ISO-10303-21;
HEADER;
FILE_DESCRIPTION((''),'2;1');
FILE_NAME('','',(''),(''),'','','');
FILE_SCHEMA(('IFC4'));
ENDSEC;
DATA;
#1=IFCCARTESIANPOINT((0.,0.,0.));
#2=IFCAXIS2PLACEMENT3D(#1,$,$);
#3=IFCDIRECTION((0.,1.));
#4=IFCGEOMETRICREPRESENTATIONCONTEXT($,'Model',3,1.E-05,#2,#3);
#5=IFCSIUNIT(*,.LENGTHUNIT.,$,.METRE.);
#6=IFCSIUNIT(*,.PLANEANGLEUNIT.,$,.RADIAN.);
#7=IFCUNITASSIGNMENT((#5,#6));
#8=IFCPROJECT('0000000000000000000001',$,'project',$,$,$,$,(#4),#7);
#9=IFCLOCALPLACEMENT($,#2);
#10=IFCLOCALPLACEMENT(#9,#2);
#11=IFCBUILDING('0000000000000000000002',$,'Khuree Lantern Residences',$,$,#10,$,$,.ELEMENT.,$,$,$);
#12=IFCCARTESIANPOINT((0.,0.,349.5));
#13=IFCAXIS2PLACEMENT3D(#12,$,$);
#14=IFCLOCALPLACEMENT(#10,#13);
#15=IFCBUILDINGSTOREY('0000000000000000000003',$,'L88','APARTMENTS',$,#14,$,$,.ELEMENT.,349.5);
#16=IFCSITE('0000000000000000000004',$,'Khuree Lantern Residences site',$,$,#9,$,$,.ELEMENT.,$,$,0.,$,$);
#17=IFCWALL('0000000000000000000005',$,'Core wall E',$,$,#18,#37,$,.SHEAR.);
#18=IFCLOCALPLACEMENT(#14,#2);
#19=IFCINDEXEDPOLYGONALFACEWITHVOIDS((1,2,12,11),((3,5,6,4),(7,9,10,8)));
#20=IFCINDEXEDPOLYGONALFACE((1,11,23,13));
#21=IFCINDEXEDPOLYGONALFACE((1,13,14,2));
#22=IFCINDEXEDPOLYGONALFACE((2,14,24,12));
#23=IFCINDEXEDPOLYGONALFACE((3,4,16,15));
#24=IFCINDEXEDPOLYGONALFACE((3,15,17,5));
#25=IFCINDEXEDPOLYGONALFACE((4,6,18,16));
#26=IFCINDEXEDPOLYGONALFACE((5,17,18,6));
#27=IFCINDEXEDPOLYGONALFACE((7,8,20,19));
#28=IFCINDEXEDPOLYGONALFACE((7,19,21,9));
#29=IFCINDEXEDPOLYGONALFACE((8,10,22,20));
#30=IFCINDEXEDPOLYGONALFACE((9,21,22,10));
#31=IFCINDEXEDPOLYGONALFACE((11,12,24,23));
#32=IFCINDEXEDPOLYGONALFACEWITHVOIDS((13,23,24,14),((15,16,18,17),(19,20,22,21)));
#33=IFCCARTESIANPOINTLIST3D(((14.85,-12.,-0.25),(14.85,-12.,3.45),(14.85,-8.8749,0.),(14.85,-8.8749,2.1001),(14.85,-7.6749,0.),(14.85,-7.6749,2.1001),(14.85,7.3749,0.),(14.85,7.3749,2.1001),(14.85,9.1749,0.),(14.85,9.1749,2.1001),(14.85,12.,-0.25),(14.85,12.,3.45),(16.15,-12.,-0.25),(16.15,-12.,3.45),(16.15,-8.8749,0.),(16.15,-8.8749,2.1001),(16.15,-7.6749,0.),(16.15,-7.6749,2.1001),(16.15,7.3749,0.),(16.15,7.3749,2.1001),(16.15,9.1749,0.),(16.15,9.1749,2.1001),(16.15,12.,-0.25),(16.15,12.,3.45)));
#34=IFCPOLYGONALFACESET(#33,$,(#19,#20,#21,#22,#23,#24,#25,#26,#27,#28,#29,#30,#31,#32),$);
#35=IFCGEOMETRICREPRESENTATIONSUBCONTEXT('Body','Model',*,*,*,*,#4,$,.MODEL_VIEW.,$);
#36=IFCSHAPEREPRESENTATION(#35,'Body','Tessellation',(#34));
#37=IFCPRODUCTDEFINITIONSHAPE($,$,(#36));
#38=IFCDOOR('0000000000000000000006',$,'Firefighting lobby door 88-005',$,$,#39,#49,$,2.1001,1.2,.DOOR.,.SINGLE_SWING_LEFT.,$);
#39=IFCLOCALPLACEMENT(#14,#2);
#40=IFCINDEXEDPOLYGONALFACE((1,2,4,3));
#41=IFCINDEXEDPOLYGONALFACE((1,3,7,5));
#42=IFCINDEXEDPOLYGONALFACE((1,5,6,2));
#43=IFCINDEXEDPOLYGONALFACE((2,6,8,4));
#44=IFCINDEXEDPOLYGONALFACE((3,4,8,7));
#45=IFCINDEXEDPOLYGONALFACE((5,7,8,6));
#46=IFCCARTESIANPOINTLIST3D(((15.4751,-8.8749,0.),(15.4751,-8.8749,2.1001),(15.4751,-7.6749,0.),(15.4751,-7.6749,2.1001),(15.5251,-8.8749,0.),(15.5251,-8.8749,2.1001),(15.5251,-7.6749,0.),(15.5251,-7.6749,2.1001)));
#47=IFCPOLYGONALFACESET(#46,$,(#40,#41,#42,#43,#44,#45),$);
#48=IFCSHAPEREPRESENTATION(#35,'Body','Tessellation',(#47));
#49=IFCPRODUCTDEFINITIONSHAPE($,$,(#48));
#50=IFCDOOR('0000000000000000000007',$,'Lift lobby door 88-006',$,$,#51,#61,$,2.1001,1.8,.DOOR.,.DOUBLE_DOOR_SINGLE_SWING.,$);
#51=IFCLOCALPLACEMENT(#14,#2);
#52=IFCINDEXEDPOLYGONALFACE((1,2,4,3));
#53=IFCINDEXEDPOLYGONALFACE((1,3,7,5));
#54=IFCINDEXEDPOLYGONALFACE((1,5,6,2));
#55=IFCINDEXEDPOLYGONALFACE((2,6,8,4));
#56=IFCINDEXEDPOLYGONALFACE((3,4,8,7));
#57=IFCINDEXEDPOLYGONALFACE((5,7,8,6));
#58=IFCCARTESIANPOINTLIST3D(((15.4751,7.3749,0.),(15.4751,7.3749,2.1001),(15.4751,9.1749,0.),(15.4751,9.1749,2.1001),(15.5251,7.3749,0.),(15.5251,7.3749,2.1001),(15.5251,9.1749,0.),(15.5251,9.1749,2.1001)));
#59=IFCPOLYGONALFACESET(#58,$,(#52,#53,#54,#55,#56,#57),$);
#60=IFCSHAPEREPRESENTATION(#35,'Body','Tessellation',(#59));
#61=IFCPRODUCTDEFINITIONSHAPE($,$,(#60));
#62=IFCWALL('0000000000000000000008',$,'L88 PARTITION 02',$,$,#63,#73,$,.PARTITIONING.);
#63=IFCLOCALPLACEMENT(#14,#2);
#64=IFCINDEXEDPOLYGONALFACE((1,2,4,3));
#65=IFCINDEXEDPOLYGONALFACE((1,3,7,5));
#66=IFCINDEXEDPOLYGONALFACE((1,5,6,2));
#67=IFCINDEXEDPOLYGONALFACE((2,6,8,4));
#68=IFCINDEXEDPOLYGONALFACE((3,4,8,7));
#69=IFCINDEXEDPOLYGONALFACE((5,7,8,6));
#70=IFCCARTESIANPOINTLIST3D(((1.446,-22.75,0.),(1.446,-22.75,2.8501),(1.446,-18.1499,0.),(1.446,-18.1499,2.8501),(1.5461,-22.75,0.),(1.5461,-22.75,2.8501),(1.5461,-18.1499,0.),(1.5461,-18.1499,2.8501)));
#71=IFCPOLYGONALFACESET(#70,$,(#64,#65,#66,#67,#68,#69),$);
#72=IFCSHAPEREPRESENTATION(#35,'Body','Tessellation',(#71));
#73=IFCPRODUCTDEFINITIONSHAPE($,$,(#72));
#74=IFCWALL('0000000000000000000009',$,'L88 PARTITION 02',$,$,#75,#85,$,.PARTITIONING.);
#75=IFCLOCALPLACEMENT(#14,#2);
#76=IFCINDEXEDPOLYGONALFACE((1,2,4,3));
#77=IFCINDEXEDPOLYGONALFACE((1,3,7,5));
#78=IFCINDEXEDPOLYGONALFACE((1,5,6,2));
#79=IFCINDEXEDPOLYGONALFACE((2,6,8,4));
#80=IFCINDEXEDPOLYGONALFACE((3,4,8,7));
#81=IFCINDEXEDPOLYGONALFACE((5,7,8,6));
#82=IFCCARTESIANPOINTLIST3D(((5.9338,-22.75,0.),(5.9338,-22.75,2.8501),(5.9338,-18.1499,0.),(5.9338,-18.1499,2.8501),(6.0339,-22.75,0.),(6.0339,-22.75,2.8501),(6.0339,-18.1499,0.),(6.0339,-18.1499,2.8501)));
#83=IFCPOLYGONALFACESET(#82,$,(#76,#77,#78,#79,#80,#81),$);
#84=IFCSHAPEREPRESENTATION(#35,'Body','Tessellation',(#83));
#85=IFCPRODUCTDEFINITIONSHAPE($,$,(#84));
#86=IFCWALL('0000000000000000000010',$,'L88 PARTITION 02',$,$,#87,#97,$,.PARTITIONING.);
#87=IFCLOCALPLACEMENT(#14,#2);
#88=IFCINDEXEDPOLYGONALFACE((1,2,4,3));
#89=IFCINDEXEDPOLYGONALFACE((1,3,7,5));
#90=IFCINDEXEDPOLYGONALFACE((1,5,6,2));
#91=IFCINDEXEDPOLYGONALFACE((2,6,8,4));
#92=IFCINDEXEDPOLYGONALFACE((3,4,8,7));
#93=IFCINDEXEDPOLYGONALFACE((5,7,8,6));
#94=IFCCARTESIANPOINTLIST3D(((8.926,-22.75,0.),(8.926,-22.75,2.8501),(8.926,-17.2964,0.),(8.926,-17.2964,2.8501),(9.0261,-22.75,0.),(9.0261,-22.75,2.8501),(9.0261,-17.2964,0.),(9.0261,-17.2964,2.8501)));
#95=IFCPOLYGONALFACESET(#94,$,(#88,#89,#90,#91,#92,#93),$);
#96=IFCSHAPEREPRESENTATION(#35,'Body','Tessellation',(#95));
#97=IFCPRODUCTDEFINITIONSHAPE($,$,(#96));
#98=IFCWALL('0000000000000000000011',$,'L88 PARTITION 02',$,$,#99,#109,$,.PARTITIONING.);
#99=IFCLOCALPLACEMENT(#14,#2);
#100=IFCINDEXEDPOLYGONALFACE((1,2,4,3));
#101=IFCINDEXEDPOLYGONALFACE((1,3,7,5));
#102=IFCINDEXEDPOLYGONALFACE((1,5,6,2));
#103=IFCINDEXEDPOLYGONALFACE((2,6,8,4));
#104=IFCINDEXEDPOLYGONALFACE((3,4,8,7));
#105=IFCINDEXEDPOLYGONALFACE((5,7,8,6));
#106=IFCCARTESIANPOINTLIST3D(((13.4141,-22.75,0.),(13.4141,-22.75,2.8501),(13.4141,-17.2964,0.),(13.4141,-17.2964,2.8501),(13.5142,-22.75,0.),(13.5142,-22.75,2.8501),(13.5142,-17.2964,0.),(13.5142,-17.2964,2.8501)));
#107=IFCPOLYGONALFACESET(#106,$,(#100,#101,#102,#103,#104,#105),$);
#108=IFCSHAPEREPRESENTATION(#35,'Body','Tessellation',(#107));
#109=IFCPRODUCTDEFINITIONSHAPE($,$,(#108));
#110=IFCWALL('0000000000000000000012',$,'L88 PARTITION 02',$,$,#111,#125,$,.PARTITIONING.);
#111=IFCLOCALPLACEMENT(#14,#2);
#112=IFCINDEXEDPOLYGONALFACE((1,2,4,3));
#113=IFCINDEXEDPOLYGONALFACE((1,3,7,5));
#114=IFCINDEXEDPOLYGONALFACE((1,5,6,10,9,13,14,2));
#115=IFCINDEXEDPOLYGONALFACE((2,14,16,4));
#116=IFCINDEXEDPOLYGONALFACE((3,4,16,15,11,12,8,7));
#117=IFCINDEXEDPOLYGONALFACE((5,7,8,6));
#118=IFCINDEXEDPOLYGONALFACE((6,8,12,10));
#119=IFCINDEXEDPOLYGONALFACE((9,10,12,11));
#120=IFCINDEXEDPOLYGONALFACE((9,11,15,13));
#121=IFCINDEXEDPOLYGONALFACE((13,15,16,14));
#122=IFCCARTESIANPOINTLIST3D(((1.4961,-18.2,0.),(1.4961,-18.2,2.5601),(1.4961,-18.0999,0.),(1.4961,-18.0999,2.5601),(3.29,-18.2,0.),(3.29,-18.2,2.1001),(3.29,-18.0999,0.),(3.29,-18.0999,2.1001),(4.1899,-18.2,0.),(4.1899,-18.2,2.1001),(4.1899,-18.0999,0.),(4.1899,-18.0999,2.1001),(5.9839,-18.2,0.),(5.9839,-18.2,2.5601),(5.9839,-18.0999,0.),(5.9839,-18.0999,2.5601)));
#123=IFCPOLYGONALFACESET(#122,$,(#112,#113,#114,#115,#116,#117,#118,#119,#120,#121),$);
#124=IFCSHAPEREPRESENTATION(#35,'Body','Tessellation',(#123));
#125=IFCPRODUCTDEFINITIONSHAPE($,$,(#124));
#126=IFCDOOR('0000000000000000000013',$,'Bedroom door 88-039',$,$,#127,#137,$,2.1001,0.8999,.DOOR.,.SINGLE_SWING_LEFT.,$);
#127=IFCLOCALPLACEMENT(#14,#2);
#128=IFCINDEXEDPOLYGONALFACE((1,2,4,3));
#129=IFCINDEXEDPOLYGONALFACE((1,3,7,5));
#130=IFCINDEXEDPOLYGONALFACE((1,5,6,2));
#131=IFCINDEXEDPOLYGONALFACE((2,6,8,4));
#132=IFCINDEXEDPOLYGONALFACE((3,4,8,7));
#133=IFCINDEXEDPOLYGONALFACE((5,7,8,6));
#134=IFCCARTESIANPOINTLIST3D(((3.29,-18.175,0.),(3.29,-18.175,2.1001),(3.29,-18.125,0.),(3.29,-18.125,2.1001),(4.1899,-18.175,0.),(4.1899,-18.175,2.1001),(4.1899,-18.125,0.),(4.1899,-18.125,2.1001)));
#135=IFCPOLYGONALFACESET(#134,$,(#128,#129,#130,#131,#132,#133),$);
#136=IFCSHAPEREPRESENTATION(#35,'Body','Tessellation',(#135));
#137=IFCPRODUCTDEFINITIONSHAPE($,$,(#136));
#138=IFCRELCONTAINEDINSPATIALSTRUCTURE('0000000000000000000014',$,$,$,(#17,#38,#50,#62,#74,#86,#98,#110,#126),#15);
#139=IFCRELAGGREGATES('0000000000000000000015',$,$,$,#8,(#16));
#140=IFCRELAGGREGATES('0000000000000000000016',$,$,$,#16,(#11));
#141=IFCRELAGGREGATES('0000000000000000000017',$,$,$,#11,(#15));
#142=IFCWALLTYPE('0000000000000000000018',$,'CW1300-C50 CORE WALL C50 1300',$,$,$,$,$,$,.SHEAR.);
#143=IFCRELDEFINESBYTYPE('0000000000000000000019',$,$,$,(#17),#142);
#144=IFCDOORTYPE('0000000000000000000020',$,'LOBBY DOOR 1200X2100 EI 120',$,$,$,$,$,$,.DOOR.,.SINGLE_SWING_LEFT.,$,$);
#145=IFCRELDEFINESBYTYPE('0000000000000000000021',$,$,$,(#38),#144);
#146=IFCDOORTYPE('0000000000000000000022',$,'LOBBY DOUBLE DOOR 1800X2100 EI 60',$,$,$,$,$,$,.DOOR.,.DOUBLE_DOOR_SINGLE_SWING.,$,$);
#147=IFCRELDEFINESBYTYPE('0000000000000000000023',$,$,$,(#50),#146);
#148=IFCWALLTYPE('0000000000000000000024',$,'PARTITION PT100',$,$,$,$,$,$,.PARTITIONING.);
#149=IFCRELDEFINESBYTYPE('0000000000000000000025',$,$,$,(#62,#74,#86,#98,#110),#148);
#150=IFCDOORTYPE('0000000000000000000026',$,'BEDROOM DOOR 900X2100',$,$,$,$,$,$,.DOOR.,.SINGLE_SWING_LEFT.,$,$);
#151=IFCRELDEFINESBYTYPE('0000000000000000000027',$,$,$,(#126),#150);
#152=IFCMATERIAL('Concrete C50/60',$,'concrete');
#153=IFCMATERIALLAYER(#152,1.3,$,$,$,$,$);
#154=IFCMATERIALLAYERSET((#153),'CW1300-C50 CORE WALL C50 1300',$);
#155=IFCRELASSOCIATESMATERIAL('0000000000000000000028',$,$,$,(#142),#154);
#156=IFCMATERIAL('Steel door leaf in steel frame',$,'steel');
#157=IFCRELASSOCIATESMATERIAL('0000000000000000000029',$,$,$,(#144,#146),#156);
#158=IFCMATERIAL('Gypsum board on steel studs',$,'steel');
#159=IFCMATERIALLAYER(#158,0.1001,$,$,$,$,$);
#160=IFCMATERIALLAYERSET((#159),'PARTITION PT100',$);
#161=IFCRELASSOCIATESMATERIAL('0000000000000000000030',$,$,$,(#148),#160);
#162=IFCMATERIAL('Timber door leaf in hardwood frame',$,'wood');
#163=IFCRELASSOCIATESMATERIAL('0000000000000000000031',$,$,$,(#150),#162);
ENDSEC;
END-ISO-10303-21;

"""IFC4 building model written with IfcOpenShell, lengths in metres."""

from ifc_helpers import new_model, si_unit, direction, frame, frame_2d, origin, place, context, subcontext, project, spatial, rectangle, extrude, material, layer, layer_set, type_object, element, fill, save


model = new_model("IFC4")

# Units and contexts
model_context = context("Model", 3, precision=1e-05, world=origin(), true_north=direction((0.0, 1.0)))
body_context = subcontext(model_context, "Body", "Model", "MODEL_VIEW")
ifc_project = project(units=[si_unit("LENGTHUNIT", "METRE"), si_unit("PLANEANGLEUNIT", "RADIAN")], contexts=[model_context])

# Site, building, storey
site_placement = place(None, origin())
site = spatial("IfcSite", under=ifc_project, at=site_placement, Name="Khuree Lantern Residences site", CompositionType="ELEMENT", RefElevation=0.0)
building_placement = place(site_placement, origin())
building = spatial("IfcBuilding", under=site, at=building_placement, Name="Khuree Lantern Residences", CompositionType="ELEMENT")
storey_placement = place(building_placement, frame((0.0, 0.0, 349.5)))
storey = spatial("IfcBuildingStorey", under=building, at=storey_placement, Name="L88", Description="APARTMENTS", CompositionType="ELEMENT", Elevation=349.5)

# Shared definitions
ifc_material_1 = material(Name="Concrete C50/60", Category="concrete")

# Shared definitions
ifc_material_2 = material(Name="Gypsum board on steel studs", Category="steel")

# Wall, openings, doors
ifc_layer_1 = layer(ifc_material_1, 1.3)
ifc_layer_set_1 = layer_set([ifc_layer_1], Name="CW1300-C50 CORE WALL C50 1300")
wall_type_1 = type_object("IfcWallType", Name="CW1300-C50 CORE WALL C50 1300", PredefinedType="SHEAR", material=ifc_layer_set_1)
wall_1_placement = place(storey_placement, frame((15.5, -12.0, -0.25), z_axis=(0.0, 0.0, 1.0), x_axis=(0.0, 1.0, 0.0)))
wall_1 = element("IfcWall", 1, at=wall_1_placement, inside=storey, type_object=wall_type_1, Name="Core wall E", PredefinedType="SHEAR", context=body_context, shape_type="SweptSolid", body=[
    extrude(rectangle(XDim=24.0, YDim=1.3, at=frame_2d((12.0, 0.0))), origin(), (0.0, 0.0, 1.0), 3.7),
])
opening_1_placement = place(wall_1_placement, frame((3.125, 0.0, 0.25)))
opening_1 = element("IfcOpeningElement", 2, at=opening_1_placement, cuts=wall_1, PredefinedType="OPENING", context=body_context, shape_type="SweptSolid", body=[
    extrude(rectangle(XDim=1.2, YDim=2.1001, at=frame_2d((0.6001, 1.05))), frame((0.0, 0.6602, 0.0), z_axis=(0.0, -1.0, 0.0), x_axis=(1.0, 0.0, 0.0)), (0.0, 0.0, 1.0), 1.3201),
])
opening_2_placement = place(wall_1_placement, frame((19.375, 0.0, 0.25)))
opening_2 = element("IfcOpeningElement", 3, at=opening_2_placement, cuts=wall_1, PredefinedType="OPENING", context=body_context, shape_type="SweptSolid", body=[
    extrude(rectangle(XDim=1.8, YDim=2.1001, at=frame_2d((0.8999, 1.05))), frame((0.0, 0.6602, 0.0), z_axis=(0.0, -1.0, 0.0), x_axis=(1.0, 0.0, 0.0)), (0.0, 0.0, 1.0), 1.3201),
])
ifc_material_3 = material(Name="Steel door leaf in steel frame", Category="steel")
door_type_1 = type_object("IfcDoorType", Name="LOBBY DOOR 1200X2100 EI 120", OperationType="SINGLE_SWING_LEFT", PredefinedType="DOOR", material=ifc_material_3)
door_1_placement = place(opening_1_placement, origin())
door_1 = element("IfcDoor", 4, at=door_1_placement, inside=storey, type_object=door_type_1, Name="Firefighting lobby door 88-005", OperationType="SINGLE_SWING_LEFT", OverallHeight=2.1001, OverallWidth=1.2, PredefinedType="DOOR", context=body_context, shape_type="SweptSolid", body=[
    extrude(rectangle(XDim=1.2, YDim=2.1001, at=frame_2d((0.6001, 1.05))), frame((0.0, 0.0249, 0.0), z_axis=(0.0, -1.0, 0.0), x_axis=(1.0, 0.0, 0.0)), (0.0, 0.0, 1.0), 0.05),
])
fill(opening_1, door_1)
door_type_2 = type_object("IfcDoorType", Name="LOBBY DOUBLE DOOR 1800X2100 EI 60", OperationType="DOUBLE_DOOR_SINGLE_SWING", PredefinedType="DOOR", material=ifc_material_3)
door_2_placement = place(opening_2_placement, origin())
door_2 = element("IfcDoor", 5, at=door_2_placement, inside=storey, type_object=door_type_2, Name="Lift lobby door 88-006", OperationType="DOUBLE_DOOR_SINGLE_SWING", OverallHeight=2.1001, OverallWidth=1.8, PredefinedType="DOOR", context=body_context, shape_type="SweptSolid", body=[
    extrude(rectangle(XDim=1.8, YDim=2.1001, at=frame_2d((0.8999, 1.05))), frame((0.0, 0.0249, 0.0), z_axis=(0.0, -1.0, 0.0), x_axis=(1.0, 0.0, 0.0)), (0.0, 0.0, 1.0), 0.05),
])
fill(opening_2, door_2)

# Walls
ifc_layer_2 = layer(ifc_material_2, 0.1001)
ifc_layer_set_2 = layer_set([ifc_layer_2], Name="PARTITION PT100")
wall_type_2 = type_object("IfcWallType", Name="PARTITION PT100", PredefinedType="PARTITIONING", material=ifc_layer_set_2)
for number, where, z_axis, x_axis, name in (
    (6, (1.4961, -18.1499, 0.0), (0.0, 0.0, 1.0), (0.0, -1.0, 0.0), "L88 PARTITION 02"),
    (7, (5.9839, -18.1499, 0.0), (0.0, 0.0, 1.0), (0.0, -1.0, 0.0), "L88 PARTITION 02"),
):
    element("IfcWall", number, at=place(storey_placement, frame(where, z_axis=z_axis, x_axis=x_axis)), inside=storey, type_object=wall_type_2, Name=name, PredefinedType="PARTITIONING", context=body_context, shape_type="SweptSolid", body=[
        extrude(rectangle(XDim=4.6001, YDim=0.1001, at=frame_2d((2.3, 0.0))), origin(), (0.0, 0.0, 1.0), 2.8501),
    ])
for number, where, z_axis, x_axis, name in (
    (8, (8.9761, -17.2964, 0.0), (0.0, 0.0, 1.0), (0.0, -1.0, 0.0), "L88 PARTITION 02"),
    (9, (13.4641, -17.2964, 0.0), (0.0, 0.0, 1.0), (0.0, -1.0, 0.0), "L88 PARTITION 02"),
):
    element("IfcWall", number, at=place(storey_placement, frame(where, z_axis=z_axis, x_axis=x_axis)), inside=storey, type_object=wall_type_2, Name=name, PredefinedType="PARTITIONING", context=body_context, shape_type="SweptSolid", body=[
        extrude(rectangle(XDim=5.4536, YDim=0.1001, at=frame_2d((2.7268, 0.0))), origin(), (0.0, 0.0, 1.0), 2.8501),
    ])

# Wall, opening, door
wall_2_placement = place(storey_placement, frame((1.4961, -18.1499, 0.0), z_axis=(0.0, 0.0, 1.0), x_axis=(1.0, 0.0, 0.0)))
wall_2 = element("IfcWall", 10, at=wall_2_placement, inside=storey, type_object=wall_type_2, Name="L88 PARTITION 02", PredefinedType="PARTITIONING", context=body_context, shape_type="SweptSolid", body=[
    extrude(rectangle(XDim=4.4878, YDim=0.1001, at=frame_2d((2.2439, 0.0))), origin(), (0.0, 0.0, 1.0), 2.5601),
])
opening_3_placement = place(wall_2_placement, frame((1.7939, 0.0, 0.0)))
opening_3 = element("IfcOpeningElement", 11, at=opening_3_placement, cuts=wall_2, PredefinedType="OPENING", context=body_context, shape_type="SweptSolid", body=[
    extrude(rectangle(XDim=0.8999, YDim=2.1001, at=frame_2d((0.45, 1.05))), frame((0.0, 0.0601, 0.0), z_axis=(0.0, -1.0, 0.0), x_axis=(1.0, 0.0, 0.0)), (0.0, 0.0, 1.0), 0.1201),
])
ifc_material_4 = material(Name="Timber door leaf in hardwood frame", Category="wood")
door_type_3 = type_object("IfcDoorType", Name="BEDROOM DOOR 900X2100", OperationType="SINGLE_SWING_LEFT", PredefinedType="DOOR", material=ifc_material_4)
door_3_placement = place(opening_3_placement, origin())
door_3 = element("IfcDoor", 12, at=door_3_placement, inside=storey, type_object=door_type_3, Name="Bedroom door 88-039", OperationType="SINGLE_SWING_LEFT", OverallHeight=2.1001, OverallWidth=0.8999, PredefinedType="DOOR", context=body_context, shape_type="SweptSolid", body=[
    extrude(rectangle(XDim=0.8999, YDim=2.1001, at=frame_2d((0.45, 1.05))), frame((0.0, 0.0249, 0.0), z_axis=(0.0, -1.0, 0.0), x_axis=(1.0, 0.0, 0.0)), (0.0, 0.0, 1.0), 0.05),
])
fill(opening_3, door_3)

save(model, "model.ifc")
